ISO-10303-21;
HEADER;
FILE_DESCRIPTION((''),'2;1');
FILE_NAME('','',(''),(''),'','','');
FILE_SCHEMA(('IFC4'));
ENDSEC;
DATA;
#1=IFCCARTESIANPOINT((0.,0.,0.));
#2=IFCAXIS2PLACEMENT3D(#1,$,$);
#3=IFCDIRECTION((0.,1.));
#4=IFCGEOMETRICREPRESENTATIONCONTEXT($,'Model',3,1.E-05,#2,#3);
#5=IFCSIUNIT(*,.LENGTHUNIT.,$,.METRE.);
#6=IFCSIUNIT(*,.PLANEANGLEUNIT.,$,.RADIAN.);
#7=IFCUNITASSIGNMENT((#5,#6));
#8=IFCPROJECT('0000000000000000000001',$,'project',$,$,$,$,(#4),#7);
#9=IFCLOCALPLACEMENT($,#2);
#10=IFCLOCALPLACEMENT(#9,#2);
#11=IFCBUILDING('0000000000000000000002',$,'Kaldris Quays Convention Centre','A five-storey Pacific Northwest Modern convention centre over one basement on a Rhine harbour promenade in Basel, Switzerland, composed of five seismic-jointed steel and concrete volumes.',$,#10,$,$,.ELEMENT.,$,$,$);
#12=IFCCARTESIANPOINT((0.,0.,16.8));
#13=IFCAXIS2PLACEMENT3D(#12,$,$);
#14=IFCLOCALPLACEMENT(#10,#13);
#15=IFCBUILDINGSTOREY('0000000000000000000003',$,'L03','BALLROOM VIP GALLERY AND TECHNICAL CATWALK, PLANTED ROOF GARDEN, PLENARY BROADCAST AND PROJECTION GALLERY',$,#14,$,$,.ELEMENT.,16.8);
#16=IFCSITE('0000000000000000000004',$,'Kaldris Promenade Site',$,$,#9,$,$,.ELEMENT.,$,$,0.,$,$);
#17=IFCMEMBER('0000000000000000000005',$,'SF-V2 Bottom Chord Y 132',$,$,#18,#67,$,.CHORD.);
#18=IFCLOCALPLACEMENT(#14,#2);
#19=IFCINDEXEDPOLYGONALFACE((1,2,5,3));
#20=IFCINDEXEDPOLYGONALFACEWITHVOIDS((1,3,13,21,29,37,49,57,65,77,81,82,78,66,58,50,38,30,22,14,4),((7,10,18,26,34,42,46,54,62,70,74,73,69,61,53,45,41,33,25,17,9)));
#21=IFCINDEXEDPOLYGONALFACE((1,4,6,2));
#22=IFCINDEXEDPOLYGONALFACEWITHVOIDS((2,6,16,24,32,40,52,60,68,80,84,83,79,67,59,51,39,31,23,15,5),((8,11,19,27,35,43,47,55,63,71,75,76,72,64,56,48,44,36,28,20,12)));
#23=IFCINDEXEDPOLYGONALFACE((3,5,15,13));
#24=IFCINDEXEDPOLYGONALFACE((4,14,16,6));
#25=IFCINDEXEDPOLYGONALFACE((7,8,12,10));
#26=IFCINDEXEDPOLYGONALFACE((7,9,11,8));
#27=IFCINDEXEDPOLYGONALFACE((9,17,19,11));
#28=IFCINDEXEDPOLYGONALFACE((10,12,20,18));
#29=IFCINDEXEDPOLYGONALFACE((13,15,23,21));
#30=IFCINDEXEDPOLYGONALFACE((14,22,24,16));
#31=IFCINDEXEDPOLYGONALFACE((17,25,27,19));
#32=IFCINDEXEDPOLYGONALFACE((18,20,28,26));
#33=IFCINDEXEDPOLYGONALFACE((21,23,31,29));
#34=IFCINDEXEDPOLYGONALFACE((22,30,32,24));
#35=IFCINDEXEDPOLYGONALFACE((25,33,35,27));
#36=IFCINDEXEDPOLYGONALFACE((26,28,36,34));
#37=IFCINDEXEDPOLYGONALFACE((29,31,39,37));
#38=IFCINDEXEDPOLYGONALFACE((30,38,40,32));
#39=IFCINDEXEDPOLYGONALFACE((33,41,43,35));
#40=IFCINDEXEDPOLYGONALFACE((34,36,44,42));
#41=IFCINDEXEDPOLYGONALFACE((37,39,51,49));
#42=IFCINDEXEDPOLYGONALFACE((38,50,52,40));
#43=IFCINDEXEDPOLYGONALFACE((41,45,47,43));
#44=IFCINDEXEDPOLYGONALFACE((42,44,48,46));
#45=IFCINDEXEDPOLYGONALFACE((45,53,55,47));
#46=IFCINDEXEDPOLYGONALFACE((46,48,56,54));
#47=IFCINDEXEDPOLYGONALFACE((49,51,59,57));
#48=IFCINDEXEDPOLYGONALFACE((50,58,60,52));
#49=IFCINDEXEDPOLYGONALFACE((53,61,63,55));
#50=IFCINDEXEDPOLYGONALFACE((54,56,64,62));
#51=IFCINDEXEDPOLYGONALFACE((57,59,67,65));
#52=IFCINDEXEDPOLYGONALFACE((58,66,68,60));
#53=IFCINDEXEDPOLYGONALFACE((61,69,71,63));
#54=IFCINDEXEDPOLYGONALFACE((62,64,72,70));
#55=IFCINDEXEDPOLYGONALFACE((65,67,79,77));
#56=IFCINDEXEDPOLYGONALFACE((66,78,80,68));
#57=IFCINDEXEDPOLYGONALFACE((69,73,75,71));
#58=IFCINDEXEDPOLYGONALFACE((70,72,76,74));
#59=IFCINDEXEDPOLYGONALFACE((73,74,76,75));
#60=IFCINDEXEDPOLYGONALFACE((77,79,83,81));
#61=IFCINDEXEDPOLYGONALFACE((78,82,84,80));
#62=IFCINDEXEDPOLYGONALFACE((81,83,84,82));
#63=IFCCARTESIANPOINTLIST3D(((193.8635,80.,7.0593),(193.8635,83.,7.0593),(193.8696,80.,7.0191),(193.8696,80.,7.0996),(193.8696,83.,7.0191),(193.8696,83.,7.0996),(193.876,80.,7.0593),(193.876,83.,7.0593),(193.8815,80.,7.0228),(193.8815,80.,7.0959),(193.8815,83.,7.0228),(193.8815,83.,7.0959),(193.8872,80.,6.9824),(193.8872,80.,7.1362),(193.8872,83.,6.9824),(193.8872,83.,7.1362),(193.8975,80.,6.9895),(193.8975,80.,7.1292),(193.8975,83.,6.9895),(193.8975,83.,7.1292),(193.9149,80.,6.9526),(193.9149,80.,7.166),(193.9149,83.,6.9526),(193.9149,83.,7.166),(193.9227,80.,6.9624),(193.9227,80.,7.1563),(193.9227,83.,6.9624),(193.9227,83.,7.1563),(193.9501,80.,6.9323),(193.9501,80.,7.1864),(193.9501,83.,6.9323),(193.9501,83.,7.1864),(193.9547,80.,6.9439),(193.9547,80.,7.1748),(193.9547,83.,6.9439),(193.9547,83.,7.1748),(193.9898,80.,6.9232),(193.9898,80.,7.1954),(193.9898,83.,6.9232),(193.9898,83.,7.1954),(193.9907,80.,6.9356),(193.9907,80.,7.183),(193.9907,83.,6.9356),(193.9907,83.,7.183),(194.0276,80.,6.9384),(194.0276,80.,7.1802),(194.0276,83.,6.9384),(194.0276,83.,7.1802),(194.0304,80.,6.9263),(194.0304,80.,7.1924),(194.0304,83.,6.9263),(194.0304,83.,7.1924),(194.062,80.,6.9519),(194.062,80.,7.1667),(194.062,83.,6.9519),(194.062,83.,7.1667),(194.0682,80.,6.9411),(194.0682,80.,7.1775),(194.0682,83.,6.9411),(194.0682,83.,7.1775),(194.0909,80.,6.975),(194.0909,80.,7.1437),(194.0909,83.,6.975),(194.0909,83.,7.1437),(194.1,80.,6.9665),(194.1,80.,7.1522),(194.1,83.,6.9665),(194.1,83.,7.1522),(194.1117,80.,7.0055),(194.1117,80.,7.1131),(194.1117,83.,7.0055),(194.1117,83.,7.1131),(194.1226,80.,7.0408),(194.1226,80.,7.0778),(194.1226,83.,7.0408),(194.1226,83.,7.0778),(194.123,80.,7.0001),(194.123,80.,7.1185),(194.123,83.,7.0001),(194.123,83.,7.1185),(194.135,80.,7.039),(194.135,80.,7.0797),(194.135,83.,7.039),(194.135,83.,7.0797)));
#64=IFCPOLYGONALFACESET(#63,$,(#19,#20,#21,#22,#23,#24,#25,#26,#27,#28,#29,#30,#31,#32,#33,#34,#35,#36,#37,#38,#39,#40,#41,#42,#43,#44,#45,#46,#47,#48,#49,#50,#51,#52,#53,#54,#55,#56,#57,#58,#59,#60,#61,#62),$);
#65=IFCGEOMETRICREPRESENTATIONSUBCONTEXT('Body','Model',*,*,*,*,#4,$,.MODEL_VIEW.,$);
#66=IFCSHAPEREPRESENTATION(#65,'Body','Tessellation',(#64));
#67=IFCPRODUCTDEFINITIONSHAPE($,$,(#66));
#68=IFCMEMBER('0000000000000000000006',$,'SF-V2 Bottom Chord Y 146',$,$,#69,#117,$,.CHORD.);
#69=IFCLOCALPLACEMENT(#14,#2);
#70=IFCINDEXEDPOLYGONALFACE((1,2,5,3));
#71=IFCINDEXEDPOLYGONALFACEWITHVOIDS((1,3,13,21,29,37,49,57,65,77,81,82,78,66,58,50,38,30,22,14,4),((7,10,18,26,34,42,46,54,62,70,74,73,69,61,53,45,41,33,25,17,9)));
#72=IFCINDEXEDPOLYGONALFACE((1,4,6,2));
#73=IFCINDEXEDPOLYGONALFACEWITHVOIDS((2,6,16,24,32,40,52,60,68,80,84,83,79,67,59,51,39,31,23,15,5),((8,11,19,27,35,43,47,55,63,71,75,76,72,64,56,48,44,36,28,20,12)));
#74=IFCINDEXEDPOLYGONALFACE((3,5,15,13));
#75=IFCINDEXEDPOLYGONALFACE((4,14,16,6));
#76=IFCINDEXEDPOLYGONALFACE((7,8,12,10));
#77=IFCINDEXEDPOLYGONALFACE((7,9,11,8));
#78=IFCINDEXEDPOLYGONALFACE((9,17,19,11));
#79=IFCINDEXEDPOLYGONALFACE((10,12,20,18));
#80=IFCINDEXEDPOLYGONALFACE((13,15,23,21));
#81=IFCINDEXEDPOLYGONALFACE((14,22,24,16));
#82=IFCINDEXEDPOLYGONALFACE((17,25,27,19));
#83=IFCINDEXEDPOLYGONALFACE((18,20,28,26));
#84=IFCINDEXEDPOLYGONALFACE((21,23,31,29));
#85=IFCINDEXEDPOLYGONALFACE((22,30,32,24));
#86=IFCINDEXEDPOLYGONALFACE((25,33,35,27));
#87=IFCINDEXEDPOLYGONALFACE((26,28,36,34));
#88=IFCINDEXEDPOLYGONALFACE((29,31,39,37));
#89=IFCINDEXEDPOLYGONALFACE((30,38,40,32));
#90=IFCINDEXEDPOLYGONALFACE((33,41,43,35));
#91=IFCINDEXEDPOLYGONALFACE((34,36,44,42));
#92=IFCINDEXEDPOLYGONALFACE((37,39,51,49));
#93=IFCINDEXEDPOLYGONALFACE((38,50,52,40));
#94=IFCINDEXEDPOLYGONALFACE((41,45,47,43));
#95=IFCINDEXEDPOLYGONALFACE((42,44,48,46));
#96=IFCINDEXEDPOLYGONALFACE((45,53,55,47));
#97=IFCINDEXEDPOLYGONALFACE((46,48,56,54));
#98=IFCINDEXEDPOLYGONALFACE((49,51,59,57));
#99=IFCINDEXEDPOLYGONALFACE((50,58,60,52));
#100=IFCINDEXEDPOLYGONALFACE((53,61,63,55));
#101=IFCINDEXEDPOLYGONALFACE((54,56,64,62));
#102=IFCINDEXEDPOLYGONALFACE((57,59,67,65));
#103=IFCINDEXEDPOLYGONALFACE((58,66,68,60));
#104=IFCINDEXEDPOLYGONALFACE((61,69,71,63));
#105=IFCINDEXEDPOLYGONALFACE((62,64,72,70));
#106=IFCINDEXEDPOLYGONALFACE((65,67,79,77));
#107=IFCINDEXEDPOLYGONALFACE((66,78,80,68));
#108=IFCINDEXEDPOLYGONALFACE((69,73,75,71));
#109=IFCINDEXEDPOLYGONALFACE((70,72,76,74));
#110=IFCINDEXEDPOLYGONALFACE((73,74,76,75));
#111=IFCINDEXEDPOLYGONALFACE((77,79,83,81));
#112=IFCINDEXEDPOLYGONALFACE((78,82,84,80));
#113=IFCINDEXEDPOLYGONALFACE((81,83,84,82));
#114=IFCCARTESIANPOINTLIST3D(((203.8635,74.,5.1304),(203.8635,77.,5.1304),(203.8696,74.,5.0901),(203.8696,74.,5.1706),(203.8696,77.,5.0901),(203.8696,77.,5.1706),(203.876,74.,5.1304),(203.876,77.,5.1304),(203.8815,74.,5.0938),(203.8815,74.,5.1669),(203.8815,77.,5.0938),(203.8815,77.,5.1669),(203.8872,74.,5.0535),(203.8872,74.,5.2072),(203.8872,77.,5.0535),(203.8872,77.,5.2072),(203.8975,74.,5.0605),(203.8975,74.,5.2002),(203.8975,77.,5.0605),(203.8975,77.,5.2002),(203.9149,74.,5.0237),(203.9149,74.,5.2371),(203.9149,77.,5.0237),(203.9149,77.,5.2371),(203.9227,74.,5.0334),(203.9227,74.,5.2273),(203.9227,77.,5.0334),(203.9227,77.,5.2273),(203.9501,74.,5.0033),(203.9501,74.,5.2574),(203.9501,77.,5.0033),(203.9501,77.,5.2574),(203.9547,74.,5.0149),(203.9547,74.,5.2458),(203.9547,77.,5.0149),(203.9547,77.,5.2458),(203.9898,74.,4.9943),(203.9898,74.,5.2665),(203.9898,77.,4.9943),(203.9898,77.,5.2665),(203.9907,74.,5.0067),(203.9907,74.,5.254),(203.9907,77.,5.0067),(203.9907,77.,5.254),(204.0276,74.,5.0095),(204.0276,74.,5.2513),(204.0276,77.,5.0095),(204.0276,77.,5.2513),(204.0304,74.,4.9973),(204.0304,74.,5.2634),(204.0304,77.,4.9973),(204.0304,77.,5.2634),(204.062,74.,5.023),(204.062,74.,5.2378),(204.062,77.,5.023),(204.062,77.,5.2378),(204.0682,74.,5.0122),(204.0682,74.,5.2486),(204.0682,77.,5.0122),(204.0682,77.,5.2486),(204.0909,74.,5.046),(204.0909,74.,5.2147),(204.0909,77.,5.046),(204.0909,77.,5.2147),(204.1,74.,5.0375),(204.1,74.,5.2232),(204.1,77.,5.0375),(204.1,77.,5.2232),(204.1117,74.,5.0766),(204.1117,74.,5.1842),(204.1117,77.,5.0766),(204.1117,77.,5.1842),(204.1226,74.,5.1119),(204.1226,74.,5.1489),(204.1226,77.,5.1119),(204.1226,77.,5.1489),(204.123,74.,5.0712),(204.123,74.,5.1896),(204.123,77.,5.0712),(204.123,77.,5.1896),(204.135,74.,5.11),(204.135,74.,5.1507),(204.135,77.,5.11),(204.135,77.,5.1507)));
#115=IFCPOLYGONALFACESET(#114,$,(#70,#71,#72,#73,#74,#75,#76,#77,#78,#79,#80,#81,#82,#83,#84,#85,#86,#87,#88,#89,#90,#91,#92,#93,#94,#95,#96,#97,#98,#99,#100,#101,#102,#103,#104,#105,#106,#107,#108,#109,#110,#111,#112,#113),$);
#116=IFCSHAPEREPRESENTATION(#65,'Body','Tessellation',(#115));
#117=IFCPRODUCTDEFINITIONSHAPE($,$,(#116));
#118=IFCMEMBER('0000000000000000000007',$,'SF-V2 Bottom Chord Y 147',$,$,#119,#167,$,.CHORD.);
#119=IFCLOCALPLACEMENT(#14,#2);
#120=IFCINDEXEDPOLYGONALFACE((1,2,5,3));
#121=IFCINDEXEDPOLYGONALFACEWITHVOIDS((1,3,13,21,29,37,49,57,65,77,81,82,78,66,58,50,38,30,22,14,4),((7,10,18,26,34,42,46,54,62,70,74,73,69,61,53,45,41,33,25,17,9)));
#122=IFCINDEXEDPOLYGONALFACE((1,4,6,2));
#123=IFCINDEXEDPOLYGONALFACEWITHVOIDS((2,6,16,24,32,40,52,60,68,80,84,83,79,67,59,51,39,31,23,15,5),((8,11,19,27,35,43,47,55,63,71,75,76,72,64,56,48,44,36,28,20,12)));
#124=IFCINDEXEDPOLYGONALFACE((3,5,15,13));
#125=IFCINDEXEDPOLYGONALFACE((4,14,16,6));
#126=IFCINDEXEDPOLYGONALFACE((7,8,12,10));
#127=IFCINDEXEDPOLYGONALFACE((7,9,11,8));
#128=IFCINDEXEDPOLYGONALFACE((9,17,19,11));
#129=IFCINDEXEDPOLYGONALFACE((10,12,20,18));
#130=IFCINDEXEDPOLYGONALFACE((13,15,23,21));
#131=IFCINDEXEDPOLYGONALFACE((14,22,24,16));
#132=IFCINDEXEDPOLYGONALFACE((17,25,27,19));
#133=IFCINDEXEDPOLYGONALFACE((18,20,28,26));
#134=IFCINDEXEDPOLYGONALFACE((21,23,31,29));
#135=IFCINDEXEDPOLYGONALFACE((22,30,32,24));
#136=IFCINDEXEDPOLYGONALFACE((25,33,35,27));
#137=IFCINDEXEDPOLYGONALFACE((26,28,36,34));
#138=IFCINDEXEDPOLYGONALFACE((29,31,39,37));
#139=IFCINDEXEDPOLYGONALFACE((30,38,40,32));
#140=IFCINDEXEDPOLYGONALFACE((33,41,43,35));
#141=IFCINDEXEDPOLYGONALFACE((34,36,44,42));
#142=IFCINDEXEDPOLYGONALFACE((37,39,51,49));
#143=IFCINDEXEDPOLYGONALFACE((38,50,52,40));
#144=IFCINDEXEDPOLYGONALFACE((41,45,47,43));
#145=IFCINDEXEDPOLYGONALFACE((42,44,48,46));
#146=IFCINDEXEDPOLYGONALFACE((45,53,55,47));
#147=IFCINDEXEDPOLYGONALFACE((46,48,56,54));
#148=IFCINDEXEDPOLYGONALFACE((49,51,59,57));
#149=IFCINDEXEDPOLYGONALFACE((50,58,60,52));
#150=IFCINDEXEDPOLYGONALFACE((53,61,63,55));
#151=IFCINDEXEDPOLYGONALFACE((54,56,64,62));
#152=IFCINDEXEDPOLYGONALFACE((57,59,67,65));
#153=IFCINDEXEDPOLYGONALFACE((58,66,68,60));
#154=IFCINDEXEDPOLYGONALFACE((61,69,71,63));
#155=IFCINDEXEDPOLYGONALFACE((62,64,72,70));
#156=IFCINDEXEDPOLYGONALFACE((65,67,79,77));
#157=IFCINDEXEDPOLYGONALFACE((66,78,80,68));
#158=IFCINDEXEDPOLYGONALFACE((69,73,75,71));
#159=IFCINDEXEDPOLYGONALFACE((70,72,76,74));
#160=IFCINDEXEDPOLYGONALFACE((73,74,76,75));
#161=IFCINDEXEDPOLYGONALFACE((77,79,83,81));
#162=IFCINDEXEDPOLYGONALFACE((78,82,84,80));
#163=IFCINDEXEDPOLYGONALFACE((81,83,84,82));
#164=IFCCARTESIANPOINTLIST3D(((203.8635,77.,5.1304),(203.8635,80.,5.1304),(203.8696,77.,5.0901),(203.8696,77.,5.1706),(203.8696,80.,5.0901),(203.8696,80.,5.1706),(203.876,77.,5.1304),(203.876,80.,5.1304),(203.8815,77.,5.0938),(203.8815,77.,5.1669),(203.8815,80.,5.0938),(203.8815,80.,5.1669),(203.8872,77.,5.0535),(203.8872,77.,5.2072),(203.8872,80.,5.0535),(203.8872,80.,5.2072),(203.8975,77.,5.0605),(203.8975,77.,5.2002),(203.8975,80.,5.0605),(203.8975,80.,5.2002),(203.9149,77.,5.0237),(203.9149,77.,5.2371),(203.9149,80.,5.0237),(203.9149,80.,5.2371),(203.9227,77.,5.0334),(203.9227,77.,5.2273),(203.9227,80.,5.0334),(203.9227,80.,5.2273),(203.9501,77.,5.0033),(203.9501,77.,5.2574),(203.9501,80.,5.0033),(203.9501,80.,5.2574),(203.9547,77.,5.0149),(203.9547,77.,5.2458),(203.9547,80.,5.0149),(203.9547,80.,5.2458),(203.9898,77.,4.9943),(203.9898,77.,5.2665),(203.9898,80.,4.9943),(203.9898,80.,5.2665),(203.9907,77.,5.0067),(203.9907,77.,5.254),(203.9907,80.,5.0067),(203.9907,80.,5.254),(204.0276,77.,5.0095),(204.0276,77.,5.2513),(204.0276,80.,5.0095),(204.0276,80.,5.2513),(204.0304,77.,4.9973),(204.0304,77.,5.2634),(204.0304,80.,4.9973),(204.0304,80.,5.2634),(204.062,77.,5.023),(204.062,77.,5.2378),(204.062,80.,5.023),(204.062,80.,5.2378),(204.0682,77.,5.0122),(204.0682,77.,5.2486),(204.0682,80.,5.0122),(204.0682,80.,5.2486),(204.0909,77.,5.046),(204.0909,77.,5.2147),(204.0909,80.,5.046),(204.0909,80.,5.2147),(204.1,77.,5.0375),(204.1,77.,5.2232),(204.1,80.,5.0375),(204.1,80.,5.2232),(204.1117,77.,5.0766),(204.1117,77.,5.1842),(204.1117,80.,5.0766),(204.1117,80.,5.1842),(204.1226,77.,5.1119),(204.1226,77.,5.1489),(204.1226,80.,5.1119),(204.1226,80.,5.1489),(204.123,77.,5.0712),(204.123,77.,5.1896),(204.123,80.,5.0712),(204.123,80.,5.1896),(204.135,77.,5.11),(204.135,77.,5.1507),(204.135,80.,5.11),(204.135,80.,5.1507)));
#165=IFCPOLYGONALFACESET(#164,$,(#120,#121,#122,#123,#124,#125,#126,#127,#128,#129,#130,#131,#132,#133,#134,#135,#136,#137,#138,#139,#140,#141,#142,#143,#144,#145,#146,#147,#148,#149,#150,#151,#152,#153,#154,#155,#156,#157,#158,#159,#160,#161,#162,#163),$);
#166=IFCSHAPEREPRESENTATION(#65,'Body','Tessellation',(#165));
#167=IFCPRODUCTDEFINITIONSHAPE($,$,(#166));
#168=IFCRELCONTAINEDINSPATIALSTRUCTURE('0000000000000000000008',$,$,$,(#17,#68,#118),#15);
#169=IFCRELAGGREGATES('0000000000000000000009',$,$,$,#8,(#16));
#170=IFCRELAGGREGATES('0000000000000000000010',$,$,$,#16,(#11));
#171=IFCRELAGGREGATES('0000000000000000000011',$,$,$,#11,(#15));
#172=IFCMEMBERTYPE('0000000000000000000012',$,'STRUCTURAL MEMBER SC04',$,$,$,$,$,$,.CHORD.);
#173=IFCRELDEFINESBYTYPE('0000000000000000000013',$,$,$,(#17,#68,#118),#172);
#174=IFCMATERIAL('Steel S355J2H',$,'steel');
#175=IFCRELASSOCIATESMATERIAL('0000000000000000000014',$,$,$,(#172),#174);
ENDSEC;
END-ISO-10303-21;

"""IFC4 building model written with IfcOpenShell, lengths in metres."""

from ifc_helpers import new_model, si_unit, direction, frame, origin, origin_2d, place, context, subcontext, project, spatial, hollow_circle, extrude, material, material_profile, profile_set, type_object, element, save


model = new_model("IFC4")

# Units and contexts
model_context = context("Model", 3, precision=1e-05, world=origin(), true_north=direction((0.0, 1.0)))
body_context = subcontext(model_context, "Body", "Model", "MODEL_VIEW")
ifc_project = project(units=[si_unit("LENGTHUNIT", "METRE"), si_unit("PLANEANGLEUNIT", "RADIAN")], contexts=[model_context])

# Site, building, storey
site_placement = place(None, origin())
site = spatial("IfcSite", under=ifc_project, at=site_placement, Name="Kaldris Promenade Site", CompositionType="ELEMENT", RefElevation=0.0)
building_placement = place(site_placement, origin())
building = spatial("IfcBuilding", under=site, at=building_placement, Name="Kaldris Quays Convention Centre", Description="A five-storey Pacific Northwest Modern convention centre over one basement on a Rhine harbour promenade in Basel, Switzerland, composed of five seismic-jointed steel and concrete volumes.", CompositionType="ELEMENT")
storey_placement = place(building_placement, frame((0.0, 0.0, 16.8)))
storey = spatial("IfcBuildingStorey", under=building, at=storey_placement, Name="L03", Description="BALLROOM VIP GALLERY AND TECHNICAL CATWALK, PLANTED ROOF GARDEN, PLENARY BROADCAST AND PROJECTION GALLERY", CompositionType="ELEMENT", Elevation=16.8)

# Members
ifc_material_1 = material(Name="Steel S355J2H", Category="steel")
ifc_material_profile_1 = material_profile(ifc_material_1, hollow_circle(Radius=0.1365, WallThickness=0.0125, at=origin_2d()), Name="CHS 273x12.5")
ifc_profile_set_1 = profile_set([ifc_material_profile_1], Name="Steel S355J2H")
member_type_1 = type_object("IfcMemberType", Name="STRUCTURAL MEMBER SC04", PredefinedType="CHORD", material=ifc_profile_set_1)
for number, where, z_axis, x_axis, name in (
    (1, (194.0, 80.0, 7.0593), (0.0, 1.0, 0.0), (-1.0, 0.0, 0.0), "SF-V2 Bottom Chord Y 132"),
    (2, (204.0, 74.0, 5.1304), (0.0, 1.0, 0.0), (-1.0, 0.0, 0.0), "SF-V2 Bottom Chord Y 146"),
    (3, (204.0, 77.0, 5.1304), (0.0, 1.0, 0.0), (-1.0, 0.0, 0.0), "SF-V2 Bottom Chord Y 147"),
):
    element("IfcMember", number, at=place(storey_placement, frame(where, z_axis=z_axis, x_axis=x_axis)), inside=storey, type_object=member_type_1, Name=name, PredefinedType="CHORD", context=body_context, shape_type="SweptSolid", body=[
        extrude(hollow_circle(Radius=0.1365, WallThickness=0.0125, at=origin_2d()), origin(), (0.0, 0.0, 1.0), 3.0),
    ])

save(model, "model.ifc")
